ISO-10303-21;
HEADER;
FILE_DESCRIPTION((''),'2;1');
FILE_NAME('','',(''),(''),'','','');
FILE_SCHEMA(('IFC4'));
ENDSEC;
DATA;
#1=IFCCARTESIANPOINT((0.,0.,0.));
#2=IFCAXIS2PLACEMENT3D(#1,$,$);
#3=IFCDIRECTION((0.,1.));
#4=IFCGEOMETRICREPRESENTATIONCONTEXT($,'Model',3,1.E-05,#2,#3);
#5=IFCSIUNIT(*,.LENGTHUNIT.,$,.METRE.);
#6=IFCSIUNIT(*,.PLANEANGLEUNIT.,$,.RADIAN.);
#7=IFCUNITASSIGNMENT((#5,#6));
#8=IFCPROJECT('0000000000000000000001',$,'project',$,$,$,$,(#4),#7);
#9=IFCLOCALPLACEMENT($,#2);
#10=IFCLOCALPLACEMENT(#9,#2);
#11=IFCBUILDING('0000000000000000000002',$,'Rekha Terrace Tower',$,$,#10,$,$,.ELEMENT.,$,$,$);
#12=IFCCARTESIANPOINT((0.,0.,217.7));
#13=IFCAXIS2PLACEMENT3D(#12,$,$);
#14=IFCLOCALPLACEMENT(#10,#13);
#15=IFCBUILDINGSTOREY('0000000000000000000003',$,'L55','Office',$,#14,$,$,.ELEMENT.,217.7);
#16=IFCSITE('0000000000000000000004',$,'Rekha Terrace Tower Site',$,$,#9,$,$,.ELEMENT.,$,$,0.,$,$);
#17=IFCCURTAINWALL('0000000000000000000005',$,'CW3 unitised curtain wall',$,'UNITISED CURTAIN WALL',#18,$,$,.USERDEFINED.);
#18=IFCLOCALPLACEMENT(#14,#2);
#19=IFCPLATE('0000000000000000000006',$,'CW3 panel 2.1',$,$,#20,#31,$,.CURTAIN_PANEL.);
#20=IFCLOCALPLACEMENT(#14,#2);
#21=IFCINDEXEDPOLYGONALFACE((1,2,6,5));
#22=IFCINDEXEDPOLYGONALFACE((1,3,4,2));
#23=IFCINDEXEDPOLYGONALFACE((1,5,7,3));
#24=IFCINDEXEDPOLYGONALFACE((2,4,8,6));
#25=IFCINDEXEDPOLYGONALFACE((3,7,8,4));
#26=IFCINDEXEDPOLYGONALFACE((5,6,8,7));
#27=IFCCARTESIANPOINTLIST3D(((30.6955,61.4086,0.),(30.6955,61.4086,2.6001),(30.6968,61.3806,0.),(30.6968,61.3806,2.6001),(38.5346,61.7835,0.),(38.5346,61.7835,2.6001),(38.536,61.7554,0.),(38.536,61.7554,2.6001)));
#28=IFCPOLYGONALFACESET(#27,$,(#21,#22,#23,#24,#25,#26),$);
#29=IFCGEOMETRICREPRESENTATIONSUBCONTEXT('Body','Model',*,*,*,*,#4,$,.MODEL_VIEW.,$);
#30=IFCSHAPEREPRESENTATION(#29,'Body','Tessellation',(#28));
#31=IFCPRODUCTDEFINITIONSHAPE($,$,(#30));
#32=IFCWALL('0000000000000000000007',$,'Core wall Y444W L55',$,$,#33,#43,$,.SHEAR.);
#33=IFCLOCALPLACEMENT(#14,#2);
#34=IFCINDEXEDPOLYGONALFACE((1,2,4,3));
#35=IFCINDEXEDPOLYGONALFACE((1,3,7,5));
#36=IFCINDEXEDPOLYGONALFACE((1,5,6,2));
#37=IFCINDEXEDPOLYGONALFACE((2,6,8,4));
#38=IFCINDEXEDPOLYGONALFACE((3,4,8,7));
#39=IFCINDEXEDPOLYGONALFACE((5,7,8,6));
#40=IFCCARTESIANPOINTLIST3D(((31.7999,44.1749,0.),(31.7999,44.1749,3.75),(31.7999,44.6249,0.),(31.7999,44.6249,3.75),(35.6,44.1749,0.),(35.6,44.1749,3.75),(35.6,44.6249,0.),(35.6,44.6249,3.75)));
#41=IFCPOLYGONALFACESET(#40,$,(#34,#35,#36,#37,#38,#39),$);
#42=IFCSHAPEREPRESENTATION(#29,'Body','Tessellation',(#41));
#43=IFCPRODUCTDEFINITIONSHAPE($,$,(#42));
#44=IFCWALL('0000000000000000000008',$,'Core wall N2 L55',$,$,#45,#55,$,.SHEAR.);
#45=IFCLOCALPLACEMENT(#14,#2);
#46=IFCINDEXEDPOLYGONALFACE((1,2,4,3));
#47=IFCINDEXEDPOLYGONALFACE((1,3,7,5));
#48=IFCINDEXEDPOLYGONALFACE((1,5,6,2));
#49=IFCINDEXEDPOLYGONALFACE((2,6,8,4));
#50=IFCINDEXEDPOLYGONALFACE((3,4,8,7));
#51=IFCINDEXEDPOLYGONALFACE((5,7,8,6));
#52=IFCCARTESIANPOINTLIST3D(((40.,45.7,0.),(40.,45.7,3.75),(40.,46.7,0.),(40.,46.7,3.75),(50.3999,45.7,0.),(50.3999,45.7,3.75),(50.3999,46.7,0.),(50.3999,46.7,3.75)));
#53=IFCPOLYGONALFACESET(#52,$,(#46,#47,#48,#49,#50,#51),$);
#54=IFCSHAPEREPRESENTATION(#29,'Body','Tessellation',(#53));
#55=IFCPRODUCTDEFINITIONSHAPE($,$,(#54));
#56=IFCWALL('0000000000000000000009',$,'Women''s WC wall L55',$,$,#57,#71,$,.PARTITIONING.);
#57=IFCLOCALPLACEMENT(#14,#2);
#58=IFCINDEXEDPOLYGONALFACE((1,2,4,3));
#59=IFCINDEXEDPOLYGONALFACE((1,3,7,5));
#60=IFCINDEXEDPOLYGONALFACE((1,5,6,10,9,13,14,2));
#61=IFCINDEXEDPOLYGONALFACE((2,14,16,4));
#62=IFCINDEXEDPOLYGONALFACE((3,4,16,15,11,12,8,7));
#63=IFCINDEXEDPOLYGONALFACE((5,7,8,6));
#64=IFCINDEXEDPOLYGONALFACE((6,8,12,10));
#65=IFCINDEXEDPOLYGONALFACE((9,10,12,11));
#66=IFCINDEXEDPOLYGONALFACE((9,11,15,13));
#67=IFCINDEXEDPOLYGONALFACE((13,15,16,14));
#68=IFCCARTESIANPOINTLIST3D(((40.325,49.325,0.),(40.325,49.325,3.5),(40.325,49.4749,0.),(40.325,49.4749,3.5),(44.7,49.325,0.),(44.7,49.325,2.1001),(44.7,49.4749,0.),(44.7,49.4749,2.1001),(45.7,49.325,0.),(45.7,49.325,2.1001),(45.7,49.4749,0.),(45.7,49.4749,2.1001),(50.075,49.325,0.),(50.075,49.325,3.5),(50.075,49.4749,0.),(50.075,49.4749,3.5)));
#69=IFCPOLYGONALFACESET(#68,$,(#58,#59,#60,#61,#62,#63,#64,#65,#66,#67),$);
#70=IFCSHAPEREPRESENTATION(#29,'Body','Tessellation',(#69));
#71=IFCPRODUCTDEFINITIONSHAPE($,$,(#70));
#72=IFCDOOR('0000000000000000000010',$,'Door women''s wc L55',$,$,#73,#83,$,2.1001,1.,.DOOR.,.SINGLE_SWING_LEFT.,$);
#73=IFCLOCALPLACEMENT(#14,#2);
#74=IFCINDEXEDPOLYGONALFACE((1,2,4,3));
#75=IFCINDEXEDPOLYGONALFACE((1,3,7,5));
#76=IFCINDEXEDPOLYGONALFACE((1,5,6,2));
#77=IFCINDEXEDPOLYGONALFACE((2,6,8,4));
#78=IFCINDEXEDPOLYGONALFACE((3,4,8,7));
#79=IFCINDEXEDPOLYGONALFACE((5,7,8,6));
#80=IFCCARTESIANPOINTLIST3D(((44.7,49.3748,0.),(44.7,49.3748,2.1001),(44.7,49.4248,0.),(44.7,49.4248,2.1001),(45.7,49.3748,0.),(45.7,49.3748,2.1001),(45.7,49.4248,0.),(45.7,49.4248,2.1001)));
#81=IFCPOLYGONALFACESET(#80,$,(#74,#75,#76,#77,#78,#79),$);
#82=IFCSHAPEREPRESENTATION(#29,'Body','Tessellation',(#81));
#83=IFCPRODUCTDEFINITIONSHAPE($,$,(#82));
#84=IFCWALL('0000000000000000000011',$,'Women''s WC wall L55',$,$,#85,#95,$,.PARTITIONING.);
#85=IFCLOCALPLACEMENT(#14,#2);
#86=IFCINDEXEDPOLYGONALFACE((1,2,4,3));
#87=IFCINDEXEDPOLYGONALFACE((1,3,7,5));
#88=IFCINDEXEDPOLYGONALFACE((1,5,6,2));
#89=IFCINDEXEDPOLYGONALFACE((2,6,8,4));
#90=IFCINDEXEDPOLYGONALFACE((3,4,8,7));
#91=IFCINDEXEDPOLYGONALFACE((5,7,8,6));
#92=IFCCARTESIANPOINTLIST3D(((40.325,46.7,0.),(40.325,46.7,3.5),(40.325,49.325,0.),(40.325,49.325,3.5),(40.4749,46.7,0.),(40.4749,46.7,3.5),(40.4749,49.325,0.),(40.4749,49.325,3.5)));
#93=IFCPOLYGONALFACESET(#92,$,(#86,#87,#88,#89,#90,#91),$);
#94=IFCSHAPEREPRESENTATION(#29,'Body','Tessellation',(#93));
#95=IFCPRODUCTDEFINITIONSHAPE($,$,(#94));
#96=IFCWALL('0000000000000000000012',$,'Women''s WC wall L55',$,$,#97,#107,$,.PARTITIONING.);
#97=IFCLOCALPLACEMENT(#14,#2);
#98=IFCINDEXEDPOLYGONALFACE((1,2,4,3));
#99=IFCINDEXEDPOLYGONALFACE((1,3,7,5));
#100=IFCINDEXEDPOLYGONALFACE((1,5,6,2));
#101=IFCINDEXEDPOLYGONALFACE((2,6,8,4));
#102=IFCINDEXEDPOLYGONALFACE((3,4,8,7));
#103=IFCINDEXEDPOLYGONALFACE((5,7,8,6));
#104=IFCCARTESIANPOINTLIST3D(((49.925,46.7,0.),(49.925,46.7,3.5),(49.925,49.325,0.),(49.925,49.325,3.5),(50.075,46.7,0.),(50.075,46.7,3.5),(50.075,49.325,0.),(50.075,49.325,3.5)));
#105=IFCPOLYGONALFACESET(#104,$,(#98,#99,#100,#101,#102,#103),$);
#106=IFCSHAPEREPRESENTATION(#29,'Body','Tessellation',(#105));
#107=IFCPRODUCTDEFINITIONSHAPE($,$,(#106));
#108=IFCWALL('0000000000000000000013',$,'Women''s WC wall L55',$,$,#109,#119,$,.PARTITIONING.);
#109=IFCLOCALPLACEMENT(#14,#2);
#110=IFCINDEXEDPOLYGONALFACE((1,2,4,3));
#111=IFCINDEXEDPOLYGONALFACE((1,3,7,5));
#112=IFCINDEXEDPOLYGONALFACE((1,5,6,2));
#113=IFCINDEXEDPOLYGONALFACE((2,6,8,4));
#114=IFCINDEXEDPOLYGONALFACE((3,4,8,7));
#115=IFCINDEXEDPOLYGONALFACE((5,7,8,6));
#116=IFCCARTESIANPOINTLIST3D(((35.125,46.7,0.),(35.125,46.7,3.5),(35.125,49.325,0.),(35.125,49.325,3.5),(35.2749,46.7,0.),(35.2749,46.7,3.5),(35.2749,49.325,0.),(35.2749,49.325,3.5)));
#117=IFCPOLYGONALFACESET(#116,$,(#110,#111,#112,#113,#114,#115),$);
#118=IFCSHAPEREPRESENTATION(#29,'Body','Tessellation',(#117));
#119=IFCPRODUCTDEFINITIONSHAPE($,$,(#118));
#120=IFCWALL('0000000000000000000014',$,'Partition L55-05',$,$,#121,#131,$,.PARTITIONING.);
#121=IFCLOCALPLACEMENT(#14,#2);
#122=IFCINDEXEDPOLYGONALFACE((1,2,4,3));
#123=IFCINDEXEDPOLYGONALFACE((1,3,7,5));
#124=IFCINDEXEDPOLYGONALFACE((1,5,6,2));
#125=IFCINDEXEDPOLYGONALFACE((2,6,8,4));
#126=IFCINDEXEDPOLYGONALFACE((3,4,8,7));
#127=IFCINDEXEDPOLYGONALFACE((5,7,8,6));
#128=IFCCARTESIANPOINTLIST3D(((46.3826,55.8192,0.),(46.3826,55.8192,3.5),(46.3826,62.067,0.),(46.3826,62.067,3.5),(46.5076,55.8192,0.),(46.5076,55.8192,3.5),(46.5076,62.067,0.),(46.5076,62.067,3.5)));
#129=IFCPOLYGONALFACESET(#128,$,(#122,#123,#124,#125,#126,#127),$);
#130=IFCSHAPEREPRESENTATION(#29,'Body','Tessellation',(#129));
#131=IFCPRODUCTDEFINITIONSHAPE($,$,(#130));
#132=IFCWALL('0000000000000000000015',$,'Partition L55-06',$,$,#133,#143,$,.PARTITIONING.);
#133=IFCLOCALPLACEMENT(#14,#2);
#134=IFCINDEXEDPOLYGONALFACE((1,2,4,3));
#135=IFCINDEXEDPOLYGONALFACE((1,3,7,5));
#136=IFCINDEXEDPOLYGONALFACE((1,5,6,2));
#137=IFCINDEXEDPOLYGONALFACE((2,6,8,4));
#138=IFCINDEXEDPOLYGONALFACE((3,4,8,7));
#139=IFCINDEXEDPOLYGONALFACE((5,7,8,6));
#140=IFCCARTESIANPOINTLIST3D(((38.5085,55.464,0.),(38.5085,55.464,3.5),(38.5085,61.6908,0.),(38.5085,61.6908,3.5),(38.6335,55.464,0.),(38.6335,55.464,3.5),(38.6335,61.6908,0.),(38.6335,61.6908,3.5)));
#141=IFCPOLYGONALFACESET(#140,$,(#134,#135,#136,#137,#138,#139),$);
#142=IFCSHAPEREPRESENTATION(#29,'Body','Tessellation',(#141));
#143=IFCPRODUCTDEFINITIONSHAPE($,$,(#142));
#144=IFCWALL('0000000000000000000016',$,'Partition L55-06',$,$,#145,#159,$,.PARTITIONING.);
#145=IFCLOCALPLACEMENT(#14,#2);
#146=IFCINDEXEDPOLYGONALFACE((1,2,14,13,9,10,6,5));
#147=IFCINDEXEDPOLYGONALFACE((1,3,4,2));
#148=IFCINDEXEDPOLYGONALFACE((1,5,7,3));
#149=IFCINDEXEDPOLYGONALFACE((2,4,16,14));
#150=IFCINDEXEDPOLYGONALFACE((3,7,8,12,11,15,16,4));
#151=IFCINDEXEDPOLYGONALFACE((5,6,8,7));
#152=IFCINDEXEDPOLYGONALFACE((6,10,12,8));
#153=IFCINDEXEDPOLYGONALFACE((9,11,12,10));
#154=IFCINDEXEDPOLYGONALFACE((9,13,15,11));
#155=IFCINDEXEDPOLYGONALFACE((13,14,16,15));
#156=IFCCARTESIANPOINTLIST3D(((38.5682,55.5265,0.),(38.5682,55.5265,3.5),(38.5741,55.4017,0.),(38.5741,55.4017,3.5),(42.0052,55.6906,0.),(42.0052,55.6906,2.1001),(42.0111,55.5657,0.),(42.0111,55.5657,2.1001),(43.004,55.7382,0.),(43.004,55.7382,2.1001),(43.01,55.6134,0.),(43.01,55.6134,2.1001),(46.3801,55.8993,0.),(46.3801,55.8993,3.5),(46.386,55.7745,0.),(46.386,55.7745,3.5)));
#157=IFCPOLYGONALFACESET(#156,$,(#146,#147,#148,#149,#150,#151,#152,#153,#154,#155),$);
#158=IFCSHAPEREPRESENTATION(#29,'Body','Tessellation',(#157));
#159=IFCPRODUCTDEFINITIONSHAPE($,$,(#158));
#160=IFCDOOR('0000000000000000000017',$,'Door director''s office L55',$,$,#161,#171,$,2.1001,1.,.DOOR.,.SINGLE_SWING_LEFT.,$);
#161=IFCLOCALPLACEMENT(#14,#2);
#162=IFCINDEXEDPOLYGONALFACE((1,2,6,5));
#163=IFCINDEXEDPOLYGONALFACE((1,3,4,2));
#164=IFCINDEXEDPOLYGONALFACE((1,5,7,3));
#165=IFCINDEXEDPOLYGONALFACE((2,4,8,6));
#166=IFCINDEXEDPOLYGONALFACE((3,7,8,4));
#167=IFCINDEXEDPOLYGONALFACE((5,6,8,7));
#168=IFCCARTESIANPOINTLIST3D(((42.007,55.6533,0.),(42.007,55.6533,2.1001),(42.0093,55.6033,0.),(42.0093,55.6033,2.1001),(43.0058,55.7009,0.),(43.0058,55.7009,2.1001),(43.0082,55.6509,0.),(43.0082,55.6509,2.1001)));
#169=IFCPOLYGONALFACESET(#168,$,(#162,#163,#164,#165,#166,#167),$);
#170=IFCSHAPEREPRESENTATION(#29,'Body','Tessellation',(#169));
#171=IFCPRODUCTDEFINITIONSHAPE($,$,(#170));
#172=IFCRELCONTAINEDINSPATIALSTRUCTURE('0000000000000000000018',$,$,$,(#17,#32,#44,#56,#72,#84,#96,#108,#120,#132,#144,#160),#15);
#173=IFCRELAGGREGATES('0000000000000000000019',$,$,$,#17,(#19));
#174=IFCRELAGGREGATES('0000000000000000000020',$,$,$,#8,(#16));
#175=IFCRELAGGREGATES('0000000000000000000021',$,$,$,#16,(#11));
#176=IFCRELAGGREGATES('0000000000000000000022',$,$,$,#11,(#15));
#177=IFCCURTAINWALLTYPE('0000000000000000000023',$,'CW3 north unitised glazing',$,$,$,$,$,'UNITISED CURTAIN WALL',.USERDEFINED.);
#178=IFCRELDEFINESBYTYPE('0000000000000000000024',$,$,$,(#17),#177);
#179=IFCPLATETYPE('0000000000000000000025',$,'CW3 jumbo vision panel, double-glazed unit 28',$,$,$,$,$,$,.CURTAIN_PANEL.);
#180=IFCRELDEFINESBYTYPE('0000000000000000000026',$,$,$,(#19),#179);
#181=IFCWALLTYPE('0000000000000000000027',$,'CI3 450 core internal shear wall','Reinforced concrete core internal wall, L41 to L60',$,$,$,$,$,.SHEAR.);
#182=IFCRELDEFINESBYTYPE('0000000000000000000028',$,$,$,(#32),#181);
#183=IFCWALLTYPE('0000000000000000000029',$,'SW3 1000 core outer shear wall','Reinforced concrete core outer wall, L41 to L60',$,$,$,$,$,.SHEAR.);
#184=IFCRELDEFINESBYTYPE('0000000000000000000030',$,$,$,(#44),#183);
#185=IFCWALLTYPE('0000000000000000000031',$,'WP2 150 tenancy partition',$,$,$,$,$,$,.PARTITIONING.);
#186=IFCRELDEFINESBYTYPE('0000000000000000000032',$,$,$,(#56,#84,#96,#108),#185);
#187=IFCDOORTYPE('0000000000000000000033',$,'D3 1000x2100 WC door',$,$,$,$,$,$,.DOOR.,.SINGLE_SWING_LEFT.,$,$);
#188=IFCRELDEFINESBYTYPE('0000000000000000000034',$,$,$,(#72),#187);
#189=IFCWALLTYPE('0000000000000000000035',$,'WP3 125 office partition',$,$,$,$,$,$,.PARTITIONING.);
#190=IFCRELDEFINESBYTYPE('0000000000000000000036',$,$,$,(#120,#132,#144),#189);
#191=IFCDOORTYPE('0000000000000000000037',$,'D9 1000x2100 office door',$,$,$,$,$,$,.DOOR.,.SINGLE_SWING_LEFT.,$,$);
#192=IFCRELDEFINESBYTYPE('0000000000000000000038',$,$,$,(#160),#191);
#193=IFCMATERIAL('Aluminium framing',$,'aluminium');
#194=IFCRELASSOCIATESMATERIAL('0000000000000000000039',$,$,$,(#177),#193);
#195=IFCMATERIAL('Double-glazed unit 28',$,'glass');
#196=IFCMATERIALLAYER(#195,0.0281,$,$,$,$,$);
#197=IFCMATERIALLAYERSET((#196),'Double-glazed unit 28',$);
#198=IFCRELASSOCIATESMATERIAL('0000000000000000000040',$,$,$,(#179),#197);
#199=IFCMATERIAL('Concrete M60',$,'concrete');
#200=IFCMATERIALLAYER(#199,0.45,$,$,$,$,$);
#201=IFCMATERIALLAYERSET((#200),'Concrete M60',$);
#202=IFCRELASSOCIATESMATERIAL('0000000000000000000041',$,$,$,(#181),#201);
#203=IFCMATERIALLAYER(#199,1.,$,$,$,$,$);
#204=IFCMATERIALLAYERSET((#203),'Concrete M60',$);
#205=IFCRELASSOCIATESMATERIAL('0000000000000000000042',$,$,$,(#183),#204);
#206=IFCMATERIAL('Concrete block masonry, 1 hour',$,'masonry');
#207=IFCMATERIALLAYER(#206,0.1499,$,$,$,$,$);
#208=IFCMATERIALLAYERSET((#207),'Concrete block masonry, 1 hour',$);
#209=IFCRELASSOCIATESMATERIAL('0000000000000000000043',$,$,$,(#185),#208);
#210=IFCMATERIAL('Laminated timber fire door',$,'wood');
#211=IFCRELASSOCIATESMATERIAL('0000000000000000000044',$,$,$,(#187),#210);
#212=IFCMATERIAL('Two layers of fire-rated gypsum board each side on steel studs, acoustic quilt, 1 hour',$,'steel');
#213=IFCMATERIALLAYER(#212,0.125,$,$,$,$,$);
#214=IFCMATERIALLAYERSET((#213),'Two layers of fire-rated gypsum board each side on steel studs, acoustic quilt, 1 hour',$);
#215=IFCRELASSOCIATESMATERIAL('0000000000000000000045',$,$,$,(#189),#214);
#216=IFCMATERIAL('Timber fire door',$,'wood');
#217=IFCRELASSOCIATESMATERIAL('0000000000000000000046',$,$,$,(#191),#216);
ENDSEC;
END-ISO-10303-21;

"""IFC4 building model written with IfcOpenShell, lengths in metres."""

from ifc_helpers import new_model, si_unit, direction, frame, frame_2d, origin, origin_2d, place, context, subcontext, project, spatial, rectangle, extrude, material, layer, layer_set, type_object, element, fill, aggregate, save


model = new_model("IFC4")

# Units and contexts
model_context = context("Model", 3, precision=1e-05, world=origin(), true_north=direction((0.0, 1.0)))
body_context = subcontext(model_context, "Body", "Model", "MODEL_VIEW")
ifc_project = project(units=[si_unit("LENGTHUNIT", "METRE"), si_unit("PLANEANGLEUNIT", "RADIAN")], contexts=[model_context])

# Site, building, storey
site_placement = place(None, origin())
site = spatial("IfcSite", under=ifc_project, at=site_placement, Name="Rekha Terrace Tower Site", CompositionType="ELEMENT", RefElevation=0.0)
building_placement = place(site_placement, origin())
building = spatial("IfcBuilding", under=site, at=building_placement, Name="Rekha Terrace Tower", CompositionType="ELEMENT")
storey_placement = place(building_placement, frame((0.0, 0.0, 217.7)))
storey = spatial("IfcBuildingStorey", under=building, at=storey_placement, Name="L55", Description="Office", CompositionType="ELEMENT", Elevation=217.7)

# Curtain wall
ifc_material_1 = material(Name="Aluminium framing", Category="aluminium")
curtain_wall_type = type_object("IfcCurtainWallType", Name="CW3 north unitised glazing", ElementType="UNITISED CURTAIN WALL", PredefinedType="USERDEFINED", material=ifc_material_1)
curtain_wall_1_placement = place(storey_placement, origin())
curtain_wall_1 = element("IfcCurtainWall", 1, at=curtain_wall_1_placement, inside=storey, type_object=curtain_wall_type, Name="CW3 unitised curtain wall", ObjectType="UNITISED CURTAIN WALL", PredefinedType="USERDEFINED")

# Shared definitions
ifc_material_2 = material(Name="Concrete M60", Category="concrete")

# Shared definitions
ifc_material_3 = material(Name="Double-glazed unit 28", Category="glass")
ifc_layer_1 = layer(ifc_material_3, 0.0281)
ifc_layer_set_1 = layer_set([ifc_layer_1], Name="Double-glazed unit 28")
plate_type = type_object("IfcPlateType", Name="CW3 jumbo vision panel, double-glazed unit 28", PredefinedType="CURTAIN_PANEL", material=ifc_layer_set_1)

# Plate
plate_1_placement = place(storey_placement, frame((34.6157, 61.582, 0.0), z_axis=(0.0, 0.0, 1.0), x_axis=(-0.998859, -0.047759, 0.0)))
plate_1 = element("IfcPlate", 2, at=plate_1_placement, type_object=plate_type, Name="CW3 panel 2.1", PredefinedType="CURTAIN_PANEL", context=body_context, shape_type="SweptSolid", body=[
    extrude(rectangle(XDim=7.8481, YDim=0.0281, at=origin_2d()), origin(), (0.0, 0.0, 1.0), 2.6001),
])
aggregate(curtain_wall_1, [plate_1])

# Walls
ifc_layer_2 = layer(ifc_material_2, 0.45)
ifc_layer_set_2 = layer_set([ifc_layer_2], Name="Concrete M60")
wall_type_1 = type_object("IfcWallType", Name="CI3 450 core internal shear wall", Description="Reinforced concrete core internal wall, L41 to L60", PredefinedType="SHEAR", material=ifc_layer_set_2)
wall_1_placement = place(storey_placement, frame((31.8, 44.3999, 0.0), z_axis=(0.0, 0.0, 1.0), x_axis=(1.0, 0.0, 0.0)))
element("IfcWall", 3, at=wall_1_placement, inside=storey, type_object=wall_type_1, Name="Core wall Y444W L55", PredefinedType="SHEAR", context=body_context, shape_type="SweptSolid", body=[
    extrude(rectangle(XDim=3.8, YDim=0.45, at=frame_2d((1.8999, 0.0))), origin(), (0.0, 0.0, 1.0), 3.75),
])
ifc_layer_3 = layer(ifc_material_2, 1.0)
ifc_layer_set_3 = layer_set([ifc_layer_3], Name="Concrete M60")
wall_type_2 = type_object("IfcWallType", Name="SW3 1000 core outer shear wall", Description="Reinforced concrete core outer wall, L41 to L60", PredefinedType="SHEAR", material=ifc_layer_set_3)
wall_2_placement = place(storey_placement, frame((40.0, 46.2, 0.0), z_axis=(0.0, 0.0, 1.0), x_axis=(1.0, 0.0, 0.0)))
element("IfcWall", 4, at=wall_2_placement, inside=storey, type_object=wall_type_2, Name="Core wall N2 L55", PredefinedType="SHEAR", context=body_context, shape_type="SweptSolid", body=[
    extrude(rectangle(XDim=10.3999, YDim=1.0, at=frame_2d((5.2, 0.0))), origin(), (0.0, 0.0, 1.0), 3.75),
])

# Wall, opening, door
ifc_material_4 = material(Name="Concrete block masonry, 1 hour", Category="masonry")
ifc_layer_4 = layer(ifc_material_4, 0.1499)
ifc_layer_set_4 = layer_set([ifc_layer_4], Name="Concrete block masonry, 1 hour")
wall_type_3 = type_object("IfcWallType", Name="WP2 150 tenancy partition", PredefinedType="PARTITIONING", material=ifc_layer_set_4)
wall_3_placement = place(storey_placement, frame((40.325, 49.3999, 0.0), z_axis=(0.0, 0.0, 1.0), x_axis=(1.0, 0.0, 0.0)))
wall_3 = element("IfcWall", 5, at=wall_3_placement, inside=storey, type_object=wall_type_3, Name="Women's WC wall L55", PredefinedType="PARTITIONING", context=body_context, shape_type="SweptSolid", body=[
    extrude(rectangle(XDim=9.75, YDim=0.1499, at=frame_2d((4.875, 0.0))), origin(), (0.0, 0.0, 1.0), 3.5),
])
opening_1_placement = place(wall_3_placement, frame((4.375, 0.0, 0.0)))
opening_1 = element("IfcOpeningElement", 6, at=opening_1_placement, cuts=wall_3, PredefinedType="OPENING", context=body_context, shape_type="SweptSolid", body=[
    extrude(rectangle(XDim=1.0, YDim=2.1001, at=frame_2d((0.5, 1.05))), frame((0.0, 0.085, 0.0), z_axis=(0.0, -1.0, 0.0), x_axis=(1.0, 0.0, 0.0)), (0.0, 0.0, 1.0), 0.1699),
])
ifc_material_5 = material(Name="Laminated timber fire door", Category="wood")
door_type_1 = type_object("IfcDoorType", Name="D3 1000x2100 WC door", OperationType="SINGLE_SWING_LEFT", PredefinedType="DOOR", material=ifc_material_5)
door_1_placement = place(opening_1_placement, origin())
door_1 = element("IfcDoor", 7, at=door_1_placement, inside=storey, type_object=door_type_1, Name="Door women's wc L55", OperationType="SINGLE_SWING_LEFT", OverallHeight=2.1001, OverallWidth=1.0, PredefinedType="DOOR", context=body_context, shape_type="SweptSolid", body=[
    extrude(rectangle(XDim=1.0, YDim=2.1001, at=frame_2d((0.5, 1.05))), frame((0.0, 0.0249, 0.0), z_axis=(0.0, -1.0, 0.0), x_axis=(1.0, 0.0, 0.0)), (0.0, 0.0, 1.0), 0.05),
])
fill(opening_1, door_1)

# Walls
for number, where, z_axis, x_axis, name in (
    (8, (40.3999, 46.7, 0.0), (0.0, 0.0, 1.0), (0.0, 1.0, 0.0), "Women's WC wall L55"),
    (9, (50.0, 46.7, 0.0), (0.0, 0.0, 1.0), (0.0, 1.0, 0.0), "Women's WC wall L55"),
    (10, (35.2, 46.7, 0.0), (0.0, 0.0, 1.0), (0.0, 1.0, 0.0), "Women's WC wall L55"),
):
    element("IfcWall", number, at=place(storey_placement, frame(where, z_axis=z_axis, x_axis=x_axis)), inside=storey, type_object=wall_type_3, Name=name, PredefinedType="PARTITIONING", context=body_context, shape_type="SweptSolid", body=[
        extrude(rectangle(XDim=2.625, YDim=0.1499, at=frame_2d((1.3125, 0.0))), origin(), (0.0, 0.0, 1.0), 3.5),
    ])
ifc_material_6 = material(Name="Two layers of fire-rated gypsum board each side on steel studs, acoustic quilt, 1 hour", Category="steel")
ifc_layer_5 = layer(ifc_material_6, 0.125)
ifc_layer_set_5 = layer_set([ifc_layer_5], Name="Two layers of fire-rated gypsum board each side on steel studs, acoustic quilt, 1 hour")
wall_type_4 = type_object("IfcWallType", Name="WP3 125 office partition", PredefinedType="PARTITIONING", material=ifc_layer_set_5)
wall_4_placement = place(storey_placement, frame((46.4451, 55.8191, 0.0), z_axis=(0.0, 0.0, 1.0), x_axis=(0.0, 1.0, 0.0)))
element("IfcWall", 11, at=wall_4_placement, inside=storey, type_object=wall_type_4, Name="Partition L55-05", PredefinedType="PARTITIONING", context=body_context, shape_type="SweptSolid", body=[
    extrude(rectangle(XDim=6.2478, YDim=0.125, at=frame_2d((3.124, 0.0))), origin(), (0.0, 0.0, 1.0), 3.5),
])
wall_5_placement = place(storey_placement, frame((38.571, 55.4641, 0.0), z_axis=(0.0, 0.0, 1.0), x_axis=(0.0, 1.0, 0.0)))
element("IfcWall", 12, at=wall_5_placement, inside=storey, type_object=wall_type_4, Name="Partition L55-06", PredefinedType="PARTITIONING", context=body_context, shape_type="SweptSolid", body=[
    extrude(rectangle(XDim=6.2268, YDim=0.125, at=frame_2d((3.1133, 0.0))), origin(), (0.0, 0.0, 1.0), 3.5),
])

# Wall, opening, door
wall_6_placement = place(storey_placement, frame((46.3831, 55.8369, 0.0), z_axis=(0.0, 0.0, 1.0), x_axis=(-0.998863, -0.047667, 0.0)))
wall_6 = element("IfcWall", 13, at=wall_6_placement, inside=storey, type_object=wall_type_4, Name="Partition L55-06", PredefinedType="PARTITIONING", context=body_context, shape_type="SweptSolid", body=[
    extrude(rectangle(XDim=7.8208, YDim=0.125, at=frame_2d((3.9104, 0.0))), origin(), (0.0, 0.0, 1.0), 3.5),
])
opening_2_placement = place(wall_6_placement, frame((3.3799, 0.0, 0.0)))
opening_2 = element("IfcOpeningElement", 14, at=opening_2_placement, cuts=wall_6, PredefinedType="OPENING", context=body_context, shape_type="SweptSolid", body=[
    extrude(rectangle(XDim=1.0, YDim=2.1001, at=frame_2d((0.5, 1.05))), frame((0.0, 0.0725, 0.0), z_axis=(0.0, -1.0, 0.0), x_axis=(1.0, 0.0, 0.0)), (0.0, 0.0, 1.0), 0.145),
])
ifc_material_7 = material(Name="Timber fire door", Category="wood")
door_type_2 = type_object("IfcDoorType", Name="D9 1000x2100 office door", OperationType="SINGLE_SWING_LEFT", PredefinedType="DOOR", material=ifc_material_7)
door_2_placement = place(opening_2_placement, origin())
door_2 = element("IfcDoor", 15, at=door_2_placement, inside=storey, type_object=door_type_2, Name="Door director's office L55", OperationType="SINGLE_SWING_LEFT", OverallHeight=2.1001, OverallWidth=1.0, PredefinedType="DOOR", context=body_context, shape_type="SweptSolid", body=[
    extrude(rectangle(XDim=1.0, YDim=2.1001, at=frame_2d((0.5, 1.05))), frame((0.0, 0.0249, 0.0), z_axis=(0.0, -1.0, 0.0), x_axis=(1.0, 0.0, 0.0)), (0.0, 0.0, 1.0), 0.05),
])
fill(opening_2, door_2)

save(model, "model.ifc")
